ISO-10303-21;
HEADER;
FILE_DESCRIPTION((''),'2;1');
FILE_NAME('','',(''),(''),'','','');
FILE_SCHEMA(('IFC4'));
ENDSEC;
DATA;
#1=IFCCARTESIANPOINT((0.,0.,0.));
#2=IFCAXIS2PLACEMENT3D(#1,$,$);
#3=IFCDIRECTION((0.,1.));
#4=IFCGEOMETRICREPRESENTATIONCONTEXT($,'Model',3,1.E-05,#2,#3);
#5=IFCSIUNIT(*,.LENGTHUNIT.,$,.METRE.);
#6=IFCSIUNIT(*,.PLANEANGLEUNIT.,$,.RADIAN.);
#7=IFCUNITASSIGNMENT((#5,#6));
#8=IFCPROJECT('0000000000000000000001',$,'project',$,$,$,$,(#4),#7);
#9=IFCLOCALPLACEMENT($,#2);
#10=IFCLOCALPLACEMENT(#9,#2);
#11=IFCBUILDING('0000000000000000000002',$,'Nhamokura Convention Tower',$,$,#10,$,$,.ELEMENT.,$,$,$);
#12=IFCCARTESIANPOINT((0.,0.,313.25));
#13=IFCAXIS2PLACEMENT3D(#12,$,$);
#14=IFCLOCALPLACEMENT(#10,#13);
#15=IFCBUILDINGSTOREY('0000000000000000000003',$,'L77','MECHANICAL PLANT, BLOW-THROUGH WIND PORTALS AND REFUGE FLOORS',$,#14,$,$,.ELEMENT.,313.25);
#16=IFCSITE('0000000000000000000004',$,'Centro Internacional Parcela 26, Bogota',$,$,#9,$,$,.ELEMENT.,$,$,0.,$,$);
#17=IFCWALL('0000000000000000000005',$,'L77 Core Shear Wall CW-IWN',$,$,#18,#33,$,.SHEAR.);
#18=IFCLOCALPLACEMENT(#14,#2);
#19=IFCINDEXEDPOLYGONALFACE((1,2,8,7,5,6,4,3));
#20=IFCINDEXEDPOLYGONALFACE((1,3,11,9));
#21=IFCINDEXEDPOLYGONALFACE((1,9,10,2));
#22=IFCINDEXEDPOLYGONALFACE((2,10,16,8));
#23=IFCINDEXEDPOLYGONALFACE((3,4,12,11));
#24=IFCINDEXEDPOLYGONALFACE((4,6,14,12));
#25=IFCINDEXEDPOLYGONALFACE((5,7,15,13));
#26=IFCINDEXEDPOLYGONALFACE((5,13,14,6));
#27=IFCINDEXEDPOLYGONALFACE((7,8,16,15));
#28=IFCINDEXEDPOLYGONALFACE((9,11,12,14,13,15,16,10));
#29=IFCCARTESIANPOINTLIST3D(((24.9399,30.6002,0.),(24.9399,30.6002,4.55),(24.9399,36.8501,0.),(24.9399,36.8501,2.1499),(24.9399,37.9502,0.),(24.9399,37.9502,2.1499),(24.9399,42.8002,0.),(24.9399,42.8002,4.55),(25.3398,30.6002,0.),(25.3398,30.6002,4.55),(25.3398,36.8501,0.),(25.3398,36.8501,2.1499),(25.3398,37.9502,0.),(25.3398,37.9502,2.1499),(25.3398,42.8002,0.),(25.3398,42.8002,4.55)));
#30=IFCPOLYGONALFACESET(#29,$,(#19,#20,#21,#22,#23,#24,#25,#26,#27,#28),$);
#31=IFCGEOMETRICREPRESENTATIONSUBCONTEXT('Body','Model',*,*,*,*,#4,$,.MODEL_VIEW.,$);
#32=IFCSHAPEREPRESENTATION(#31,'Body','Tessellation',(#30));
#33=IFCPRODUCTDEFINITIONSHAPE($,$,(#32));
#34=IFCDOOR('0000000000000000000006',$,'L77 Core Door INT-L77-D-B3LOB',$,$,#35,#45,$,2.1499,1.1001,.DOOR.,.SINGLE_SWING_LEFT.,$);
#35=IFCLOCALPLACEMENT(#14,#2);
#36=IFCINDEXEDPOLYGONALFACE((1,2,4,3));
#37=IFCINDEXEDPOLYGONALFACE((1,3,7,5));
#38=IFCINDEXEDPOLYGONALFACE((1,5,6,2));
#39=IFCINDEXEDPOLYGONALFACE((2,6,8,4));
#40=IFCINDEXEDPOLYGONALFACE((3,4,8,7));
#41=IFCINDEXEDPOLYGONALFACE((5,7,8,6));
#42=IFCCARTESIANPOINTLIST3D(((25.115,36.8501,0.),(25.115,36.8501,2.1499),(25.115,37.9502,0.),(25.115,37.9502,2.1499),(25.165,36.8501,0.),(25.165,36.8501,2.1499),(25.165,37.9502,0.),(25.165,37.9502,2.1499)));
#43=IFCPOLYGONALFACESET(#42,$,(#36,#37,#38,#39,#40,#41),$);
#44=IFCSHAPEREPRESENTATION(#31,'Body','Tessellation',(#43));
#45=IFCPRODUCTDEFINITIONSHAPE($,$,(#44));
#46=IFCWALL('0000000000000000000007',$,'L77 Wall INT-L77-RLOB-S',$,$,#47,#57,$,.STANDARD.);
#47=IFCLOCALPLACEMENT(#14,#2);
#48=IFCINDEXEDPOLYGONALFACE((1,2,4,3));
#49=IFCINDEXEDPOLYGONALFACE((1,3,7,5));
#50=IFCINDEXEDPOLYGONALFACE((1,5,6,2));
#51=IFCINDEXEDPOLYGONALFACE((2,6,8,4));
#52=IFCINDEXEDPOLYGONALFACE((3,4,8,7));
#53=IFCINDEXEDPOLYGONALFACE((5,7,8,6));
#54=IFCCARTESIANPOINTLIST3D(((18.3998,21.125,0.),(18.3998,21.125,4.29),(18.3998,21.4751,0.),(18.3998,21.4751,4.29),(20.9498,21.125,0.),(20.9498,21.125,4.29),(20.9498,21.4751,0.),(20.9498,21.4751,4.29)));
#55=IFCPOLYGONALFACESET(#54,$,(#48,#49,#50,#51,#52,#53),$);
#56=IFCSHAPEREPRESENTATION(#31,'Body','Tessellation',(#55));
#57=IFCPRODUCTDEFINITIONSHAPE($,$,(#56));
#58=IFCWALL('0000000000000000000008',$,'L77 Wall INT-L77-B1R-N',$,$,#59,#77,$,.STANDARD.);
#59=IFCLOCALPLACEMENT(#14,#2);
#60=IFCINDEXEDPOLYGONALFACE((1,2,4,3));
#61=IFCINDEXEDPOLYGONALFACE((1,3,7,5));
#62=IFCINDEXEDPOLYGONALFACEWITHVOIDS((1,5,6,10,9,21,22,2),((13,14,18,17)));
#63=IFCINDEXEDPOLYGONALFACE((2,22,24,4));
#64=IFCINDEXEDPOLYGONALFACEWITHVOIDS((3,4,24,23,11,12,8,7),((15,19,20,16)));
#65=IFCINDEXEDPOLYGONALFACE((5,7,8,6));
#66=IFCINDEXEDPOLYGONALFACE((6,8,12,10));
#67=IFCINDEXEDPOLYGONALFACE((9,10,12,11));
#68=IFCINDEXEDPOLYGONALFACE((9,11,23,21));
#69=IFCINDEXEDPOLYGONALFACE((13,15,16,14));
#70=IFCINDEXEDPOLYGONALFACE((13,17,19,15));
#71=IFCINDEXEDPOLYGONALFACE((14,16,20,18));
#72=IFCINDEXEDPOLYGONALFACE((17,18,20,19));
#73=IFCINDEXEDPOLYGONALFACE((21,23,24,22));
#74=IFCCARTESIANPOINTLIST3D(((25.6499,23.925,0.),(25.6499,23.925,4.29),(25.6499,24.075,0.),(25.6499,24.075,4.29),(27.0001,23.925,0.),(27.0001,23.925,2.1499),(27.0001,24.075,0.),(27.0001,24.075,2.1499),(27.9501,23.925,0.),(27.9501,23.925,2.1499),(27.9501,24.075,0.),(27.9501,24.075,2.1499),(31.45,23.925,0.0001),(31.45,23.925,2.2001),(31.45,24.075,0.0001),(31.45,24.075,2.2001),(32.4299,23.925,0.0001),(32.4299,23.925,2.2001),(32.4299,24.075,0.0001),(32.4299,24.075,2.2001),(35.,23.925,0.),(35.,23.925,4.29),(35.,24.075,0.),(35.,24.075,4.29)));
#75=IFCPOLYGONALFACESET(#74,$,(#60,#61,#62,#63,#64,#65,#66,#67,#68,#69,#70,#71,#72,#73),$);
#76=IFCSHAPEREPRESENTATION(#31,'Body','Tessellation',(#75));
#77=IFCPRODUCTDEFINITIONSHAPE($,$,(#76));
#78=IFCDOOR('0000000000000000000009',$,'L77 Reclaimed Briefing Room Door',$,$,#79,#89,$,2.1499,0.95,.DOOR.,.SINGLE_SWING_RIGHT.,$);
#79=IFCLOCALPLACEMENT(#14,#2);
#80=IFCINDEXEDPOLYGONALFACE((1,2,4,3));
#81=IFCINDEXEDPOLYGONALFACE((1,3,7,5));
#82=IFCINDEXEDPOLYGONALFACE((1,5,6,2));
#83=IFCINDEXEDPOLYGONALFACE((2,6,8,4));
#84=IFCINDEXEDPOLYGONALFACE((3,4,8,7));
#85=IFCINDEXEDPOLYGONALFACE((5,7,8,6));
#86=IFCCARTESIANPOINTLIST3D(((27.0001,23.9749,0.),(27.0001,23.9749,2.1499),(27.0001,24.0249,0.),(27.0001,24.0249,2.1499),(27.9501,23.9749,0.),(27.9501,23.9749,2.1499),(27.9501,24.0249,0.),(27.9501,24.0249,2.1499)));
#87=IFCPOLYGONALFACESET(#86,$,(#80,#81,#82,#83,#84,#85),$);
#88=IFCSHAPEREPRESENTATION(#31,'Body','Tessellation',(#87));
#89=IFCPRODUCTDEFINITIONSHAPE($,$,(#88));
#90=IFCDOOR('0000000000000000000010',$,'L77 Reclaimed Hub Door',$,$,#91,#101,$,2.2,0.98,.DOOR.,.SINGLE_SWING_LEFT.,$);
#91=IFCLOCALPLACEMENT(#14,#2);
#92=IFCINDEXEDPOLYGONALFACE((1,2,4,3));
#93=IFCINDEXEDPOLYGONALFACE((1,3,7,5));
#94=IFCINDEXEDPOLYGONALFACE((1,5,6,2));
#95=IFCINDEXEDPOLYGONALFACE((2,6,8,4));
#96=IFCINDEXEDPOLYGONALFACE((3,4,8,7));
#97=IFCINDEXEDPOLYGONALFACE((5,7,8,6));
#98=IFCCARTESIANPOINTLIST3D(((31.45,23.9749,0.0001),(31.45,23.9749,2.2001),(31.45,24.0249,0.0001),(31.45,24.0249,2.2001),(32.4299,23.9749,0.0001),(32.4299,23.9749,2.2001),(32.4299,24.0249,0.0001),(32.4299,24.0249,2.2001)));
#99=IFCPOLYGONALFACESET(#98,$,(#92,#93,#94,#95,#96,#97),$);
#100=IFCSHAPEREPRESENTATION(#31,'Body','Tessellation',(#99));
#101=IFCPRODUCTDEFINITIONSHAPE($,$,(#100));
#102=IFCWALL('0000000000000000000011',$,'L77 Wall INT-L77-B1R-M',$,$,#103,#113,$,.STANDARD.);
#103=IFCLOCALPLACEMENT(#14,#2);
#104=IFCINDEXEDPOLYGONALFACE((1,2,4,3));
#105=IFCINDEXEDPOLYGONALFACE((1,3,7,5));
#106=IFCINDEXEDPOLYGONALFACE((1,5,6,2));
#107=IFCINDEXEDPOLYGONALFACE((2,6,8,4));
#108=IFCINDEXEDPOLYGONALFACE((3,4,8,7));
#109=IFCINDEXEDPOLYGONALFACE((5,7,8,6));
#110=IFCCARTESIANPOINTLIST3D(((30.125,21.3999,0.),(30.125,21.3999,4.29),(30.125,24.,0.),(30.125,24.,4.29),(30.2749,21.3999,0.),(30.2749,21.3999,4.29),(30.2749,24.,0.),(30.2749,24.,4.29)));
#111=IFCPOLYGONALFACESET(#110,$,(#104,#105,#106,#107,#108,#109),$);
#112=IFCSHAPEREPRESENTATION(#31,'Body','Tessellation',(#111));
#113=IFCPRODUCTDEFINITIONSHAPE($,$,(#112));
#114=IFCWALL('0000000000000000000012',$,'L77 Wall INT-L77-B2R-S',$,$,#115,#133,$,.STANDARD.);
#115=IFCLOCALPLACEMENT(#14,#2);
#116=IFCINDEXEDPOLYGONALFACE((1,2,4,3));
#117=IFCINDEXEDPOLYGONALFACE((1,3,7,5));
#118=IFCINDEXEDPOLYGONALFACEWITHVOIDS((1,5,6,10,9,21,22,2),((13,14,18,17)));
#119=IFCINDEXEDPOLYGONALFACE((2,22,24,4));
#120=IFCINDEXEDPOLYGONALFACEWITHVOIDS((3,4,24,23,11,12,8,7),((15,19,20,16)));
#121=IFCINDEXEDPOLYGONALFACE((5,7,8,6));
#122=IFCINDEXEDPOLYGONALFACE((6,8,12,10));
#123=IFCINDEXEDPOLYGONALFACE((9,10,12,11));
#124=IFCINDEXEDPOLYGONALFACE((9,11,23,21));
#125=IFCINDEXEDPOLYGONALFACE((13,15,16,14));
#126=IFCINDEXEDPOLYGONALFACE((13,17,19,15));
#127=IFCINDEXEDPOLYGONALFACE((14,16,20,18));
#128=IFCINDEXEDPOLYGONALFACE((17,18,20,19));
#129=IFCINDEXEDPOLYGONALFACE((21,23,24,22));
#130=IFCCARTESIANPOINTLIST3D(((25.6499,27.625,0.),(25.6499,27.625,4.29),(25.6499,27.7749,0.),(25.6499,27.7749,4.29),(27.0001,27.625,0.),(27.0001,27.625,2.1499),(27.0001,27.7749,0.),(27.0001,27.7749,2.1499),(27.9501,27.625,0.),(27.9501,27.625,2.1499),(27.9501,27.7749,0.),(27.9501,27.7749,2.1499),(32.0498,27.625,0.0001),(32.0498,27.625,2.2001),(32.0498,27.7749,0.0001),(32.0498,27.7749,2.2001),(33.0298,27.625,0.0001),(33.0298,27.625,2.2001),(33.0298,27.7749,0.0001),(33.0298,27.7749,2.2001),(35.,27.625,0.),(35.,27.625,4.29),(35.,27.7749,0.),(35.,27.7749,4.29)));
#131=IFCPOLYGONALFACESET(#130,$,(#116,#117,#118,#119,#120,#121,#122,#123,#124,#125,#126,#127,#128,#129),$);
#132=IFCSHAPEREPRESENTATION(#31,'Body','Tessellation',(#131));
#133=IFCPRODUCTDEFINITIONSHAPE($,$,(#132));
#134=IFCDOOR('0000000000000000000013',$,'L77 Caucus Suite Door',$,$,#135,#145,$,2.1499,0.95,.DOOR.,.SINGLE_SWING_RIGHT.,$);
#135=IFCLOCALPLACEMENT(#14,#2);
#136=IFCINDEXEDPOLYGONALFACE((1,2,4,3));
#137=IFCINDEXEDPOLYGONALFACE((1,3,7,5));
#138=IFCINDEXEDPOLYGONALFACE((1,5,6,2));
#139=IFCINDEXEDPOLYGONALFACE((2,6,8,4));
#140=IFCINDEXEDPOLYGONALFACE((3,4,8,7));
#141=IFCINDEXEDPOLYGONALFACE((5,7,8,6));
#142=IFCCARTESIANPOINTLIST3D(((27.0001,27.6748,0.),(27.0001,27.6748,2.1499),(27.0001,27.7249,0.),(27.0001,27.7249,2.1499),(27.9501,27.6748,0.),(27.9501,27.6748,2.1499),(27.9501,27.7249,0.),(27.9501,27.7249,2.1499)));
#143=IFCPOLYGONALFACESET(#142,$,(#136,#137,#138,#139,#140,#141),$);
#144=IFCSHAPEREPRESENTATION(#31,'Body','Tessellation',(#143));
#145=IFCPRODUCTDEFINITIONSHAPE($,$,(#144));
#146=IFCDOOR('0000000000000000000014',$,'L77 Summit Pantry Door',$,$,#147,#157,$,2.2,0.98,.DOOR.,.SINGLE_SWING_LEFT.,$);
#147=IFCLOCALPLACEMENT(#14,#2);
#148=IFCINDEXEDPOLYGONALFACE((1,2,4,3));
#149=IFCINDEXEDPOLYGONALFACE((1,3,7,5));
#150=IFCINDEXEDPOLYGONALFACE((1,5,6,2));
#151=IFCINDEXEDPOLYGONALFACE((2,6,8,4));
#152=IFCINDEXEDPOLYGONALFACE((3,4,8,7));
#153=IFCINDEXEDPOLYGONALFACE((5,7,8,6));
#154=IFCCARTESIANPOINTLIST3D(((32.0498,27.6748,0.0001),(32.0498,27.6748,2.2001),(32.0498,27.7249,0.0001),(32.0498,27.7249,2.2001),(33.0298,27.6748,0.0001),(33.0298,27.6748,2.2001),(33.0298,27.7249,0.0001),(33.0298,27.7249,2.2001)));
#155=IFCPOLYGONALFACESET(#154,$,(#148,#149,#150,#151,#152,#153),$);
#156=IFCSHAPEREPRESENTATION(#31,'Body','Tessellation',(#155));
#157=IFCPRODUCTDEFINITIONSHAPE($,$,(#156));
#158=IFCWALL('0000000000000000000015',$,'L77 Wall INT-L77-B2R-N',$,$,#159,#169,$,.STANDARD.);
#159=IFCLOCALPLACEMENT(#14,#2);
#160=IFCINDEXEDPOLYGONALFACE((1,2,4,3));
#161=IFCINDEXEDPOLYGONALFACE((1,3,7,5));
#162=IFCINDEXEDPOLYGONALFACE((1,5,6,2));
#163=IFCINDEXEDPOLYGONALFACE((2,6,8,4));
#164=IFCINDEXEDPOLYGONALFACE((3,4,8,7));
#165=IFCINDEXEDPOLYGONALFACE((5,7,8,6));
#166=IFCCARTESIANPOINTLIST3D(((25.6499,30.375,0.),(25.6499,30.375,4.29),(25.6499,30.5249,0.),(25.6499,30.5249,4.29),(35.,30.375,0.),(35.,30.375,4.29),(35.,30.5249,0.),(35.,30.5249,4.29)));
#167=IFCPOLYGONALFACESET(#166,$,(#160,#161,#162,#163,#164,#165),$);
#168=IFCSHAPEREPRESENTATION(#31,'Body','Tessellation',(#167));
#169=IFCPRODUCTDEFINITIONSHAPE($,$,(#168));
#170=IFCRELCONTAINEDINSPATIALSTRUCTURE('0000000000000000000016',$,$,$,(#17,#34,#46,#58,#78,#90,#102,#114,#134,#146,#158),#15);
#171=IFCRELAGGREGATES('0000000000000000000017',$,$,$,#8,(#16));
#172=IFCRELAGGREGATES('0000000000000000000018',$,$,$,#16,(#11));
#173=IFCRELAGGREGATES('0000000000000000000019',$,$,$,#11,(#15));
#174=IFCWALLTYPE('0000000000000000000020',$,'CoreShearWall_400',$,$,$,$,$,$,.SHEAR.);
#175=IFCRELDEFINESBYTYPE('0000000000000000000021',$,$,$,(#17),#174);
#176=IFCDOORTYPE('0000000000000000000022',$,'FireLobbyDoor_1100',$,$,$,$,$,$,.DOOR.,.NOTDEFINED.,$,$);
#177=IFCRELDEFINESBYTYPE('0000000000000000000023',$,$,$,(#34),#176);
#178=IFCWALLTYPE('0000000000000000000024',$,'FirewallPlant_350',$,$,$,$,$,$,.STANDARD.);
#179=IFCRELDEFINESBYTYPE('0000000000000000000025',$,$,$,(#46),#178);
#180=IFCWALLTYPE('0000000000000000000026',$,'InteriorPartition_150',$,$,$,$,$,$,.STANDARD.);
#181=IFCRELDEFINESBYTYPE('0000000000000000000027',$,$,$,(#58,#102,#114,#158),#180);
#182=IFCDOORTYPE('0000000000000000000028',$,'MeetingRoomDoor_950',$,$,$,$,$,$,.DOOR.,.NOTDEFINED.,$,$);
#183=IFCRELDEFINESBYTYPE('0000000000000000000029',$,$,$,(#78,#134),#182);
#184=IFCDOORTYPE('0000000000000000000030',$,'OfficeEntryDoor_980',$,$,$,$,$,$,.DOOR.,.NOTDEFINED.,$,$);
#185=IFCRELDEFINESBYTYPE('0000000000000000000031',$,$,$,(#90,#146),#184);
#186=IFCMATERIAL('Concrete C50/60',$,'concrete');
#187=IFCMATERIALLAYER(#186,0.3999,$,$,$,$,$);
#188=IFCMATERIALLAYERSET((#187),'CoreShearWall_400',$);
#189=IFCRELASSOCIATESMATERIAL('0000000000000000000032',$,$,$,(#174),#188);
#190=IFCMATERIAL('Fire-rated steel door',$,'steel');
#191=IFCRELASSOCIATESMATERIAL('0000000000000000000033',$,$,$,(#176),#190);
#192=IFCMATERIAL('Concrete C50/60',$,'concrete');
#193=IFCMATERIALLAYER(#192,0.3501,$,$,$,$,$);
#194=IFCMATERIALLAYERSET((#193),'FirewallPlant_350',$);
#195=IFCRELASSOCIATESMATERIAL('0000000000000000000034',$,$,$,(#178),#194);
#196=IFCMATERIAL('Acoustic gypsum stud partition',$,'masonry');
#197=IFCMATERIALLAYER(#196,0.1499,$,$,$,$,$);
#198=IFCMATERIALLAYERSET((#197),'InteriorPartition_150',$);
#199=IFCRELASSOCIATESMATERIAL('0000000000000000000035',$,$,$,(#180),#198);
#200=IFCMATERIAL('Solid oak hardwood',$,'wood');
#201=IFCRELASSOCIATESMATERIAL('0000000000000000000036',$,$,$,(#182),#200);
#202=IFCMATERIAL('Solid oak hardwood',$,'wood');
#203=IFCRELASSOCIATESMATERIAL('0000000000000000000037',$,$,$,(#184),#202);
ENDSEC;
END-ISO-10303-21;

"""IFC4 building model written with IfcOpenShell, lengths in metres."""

from ifc_helpers import new_model, si_unit, direction, frame, frame_2d, origin, place, context, subcontext, project, spatial, rectangle, extrude, material, layer, layer_set, type_object, element, fill, save


model = new_model("IFC4")

# Units and contexts
model_context = context("Model", 3, precision=1e-05, world=origin(), true_north=direction((0.0, 1.0)))
body_context = subcontext(model_context, "Body", "Model", "MODEL_VIEW")
ifc_project = project(units=[si_unit("LENGTHUNIT", "METRE"), si_unit("PLANEANGLEUNIT", "RADIAN")], contexts=[model_context])

# Site, building, storey
site_placement = place(None, origin())
site = spatial("IfcSite", under=ifc_project, at=site_placement, Name="Centro Internacional Parcela 26, Bogota", CompositionType="ELEMENT", RefElevation=0.0)
building_placement = place(site_placement, origin())
building = spatial("IfcBuilding", under=site, at=building_placement, Name="Nhamokura Convention Tower", CompositionType="ELEMENT")
storey_placement = place(building_placement, frame((0.0, 0.0, 313.25)))
storey = spatial("IfcBuildingStorey", under=building, at=storey_placement, Name="L77", Description="MECHANICAL PLANT, BLOW-THROUGH WIND PORTALS AND REFUGE FLOORS", CompositionType="ELEMENT", Elevation=313.25)

# Shared definitions
ifc_material_1 = material(Name="Concrete C50/60", Category="concrete")
ifc_layer_1 = layer(ifc_material_1, 0.3999)
ifc_layer_set_1 = layer_set([ifc_layer_1], Name="CoreShearWall_400")
wall_type_1 = type_object("IfcWallType", Name="CoreShearWall_400", PredefinedType="SHEAR", material=ifc_layer_set_1)

# Shared definitions
ifc_material_2 = material(Name="Fire-rated steel door", Category="steel")
door_type_1 = type_object("IfcDoorType", Name="FireLobbyDoor_1100", OperationType="NOTDEFINED", PredefinedType="DOOR", material=ifc_material_2)

# Wall, opening, door
wall_1_placement = place(storey_placement, frame((25.1399, 30.6001, 0.0), z_axis=(0.0, 0.0, 1.0), x_axis=(0.0, 1.0, 0.0)))
wall_1 = element("IfcWall", 1, at=wall_1_placement, inside=storey, type_object=wall_type_1, Name="L77 Core Shear Wall CW-IWN", PredefinedType="SHEAR", context=body_context, shape_type="SweptSolid", body=[
    extrude(rectangle(XDim=12.2, YDim=0.3999, at=frame_2d((6.1001, 0.0))), origin(), (0.0, 0.0, 1.0), 4.55),
])
opening_1_placement = place(wall_1_placement, frame((6.25, 0.0, 0.0)))
opening_1 = element("IfcOpeningElement", 2, at=opening_1_placement, cuts=wall_1, PredefinedType="OPENING", context=body_context, shape_type="SweptSolid", body=[
    extrude(rectangle(XDim=1.1001, YDim=2.1499, at=frame_2d((0.55, 1.075))), frame((0.0, 0.21, 0.0), z_axis=(0.0, -1.0, 0.0), x_axis=(1.0, 0.0, 0.0)), (0.0, 0.0, 1.0), 0.4199),
])
door_1_placement = place(opening_1_placement, origin())
door_1 = element("IfcDoor", 3, at=door_1_placement, inside=storey, type_object=door_type_1, Name="L77 Core Door INT-L77-D-B3LOB", OperationType="SINGLE_SWING_LEFT", OverallHeight=2.1499, OverallWidth=1.1001, PredefinedType="DOOR", context=body_context, shape_type="SweptSolid", body=[
    extrude(rectangle(XDim=1.1001, YDim=2.1499, at=frame_2d((0.55, 1.075))), frame((0.0, 0.0249, 0.0), z_axis=(0.0, -1.0, 0.0), x_axis=(1.0, 0.0, 0.0)), (0.0, 0.0, 1.0), 0.05),
])
fill(opening_1, door_1)

# Wall
ifc_material_3 = material(Name="Concrete C50/60", Category="concrete")
ifc_layer_2 = layer(ifc_material_3, 0.3501)
ifc_layer_set_2 = layer_set([ifc_layer_2], Name="FirewallPlant_350")
wall_type_2 = type_object("IfcWallType", Name="FirewallPlant_350", PredefinedType="STANDARD", material=ifc_layer_set_2)
wall_2_placement = place(storey_placement, frame((18.3999, 21.3, 0.0), z_axis=(0.0, 0.0, 1.0), x_axis=(1.0, 0.0, 0.0)))
element("IfcWall", 4, at=wall_2_placement, inside=storey, type_object=wall_type_2, Name="L77 Wall INT-L77-RLOB-S", PredefinedType="STANDARD", context=body_context, shape_type="SweptSolid", body=[
    extrude(rectangle(XDim=2.55, YDim=0.3501, at=frame_2d((1.2749, 0.0))), origin(), (0.0, 0.0, 1.0), 4.29),
])

# Wall, openings, doors
ifc_material_4 = material(Name="Acoustic gypsum stud partition", Category="masonry")
ifc_layer_3 = layer(ifc_material_4, 0.1499)
ifc_layer_set_3 = layer_set([ifc_layer_3], Name="InteriorPartition_150")
wall_type_3 = type_object("IfcWallType", Name="InteriorPartition_150", PredefinedType="STANDARD", material=ifc_layer_set_3)
wall_3_placement = place(storey_placement, frame((25.6499, 24.0, 0.0), z_axis=(0.0, 0.0, 1.0), x_axis=(1.0, 0.0, 0.0)))
wall_3 = element("IfcWall", 5, at=wall_3_placement, inside=storey, type_object=wall_type_3, Name="L77 Wall INT-L77-B1R-N", PredefinedType="STANDARD", context=body_context, shape_type="SweptSolid", body=[
    extrude(rectangle(XDim=9.3501, YDim=0.1499, at=frame_2d((4.675, 0.0))), origin(), (0.0, 0.0, 1.0), 4.29),
])
opening_2_placement = place(wall_3_placement, frame((1.3501, 0.0, 0.0)))
opening_2 = element("IfcOpeningElement", 6, at=opening_2_placement, cuts=wall_3, PredefinedType="OPENING", context=body_context, shape_type="SweptSolid", body=[
    extrude(rectangle(XDim=0.95, YDim=2.1499, at=frame_2d((0.4751, 1.075))), frame((0.0, 0.085, 0.0), z_axis=(0.0, -1.0, 0.0), x_axis=(1.0, 0.0, 0.0)), (0.0, 0.0, 1.0), 0.1699),
])
opening_3_placement = place(wall_3_placement, frame((5.8, 0.0, 0.0)))
opening_3 = element("IfcOpeningElement", 7, at=opening_3_placement, cuts=wall_3, PredefinedType="OPENING", context=body_context, shape_type="SweptSolid", body=[
    extrude(rectangle(XDim=0.98, YDim=2.2, at=frame_2d((0.49, 1.1001))), frame((0.0, 0.085, 0.0), z_axis=(0.0, -1.0, 0.0), x_axis=(1.0, 0.0, 0.0)), (0.0, 0.0, 1.0), 0.1699),
])
ifc_material_5 = material(Name="Solid oak hardwood", Category="wood")
door_type_2 = type_object("IfcDoorType", Name="MeetingRoomDoor_950", OperationType="NOTDEFINED", PredefinedType="DOOR", material=ifc_material_5)
door_2_placement = place(opening_2_placement, origin())
door_2 = element("IfcDoor", 8, at=door_2_placement, inside=storey, type_object=door_type_2, Name="L77 Reclaimed Briefing Room Door", OperationType="SINGLE_SWING_RIGHT", OverallHeight=2.1499, OverallWidth=0.95, PredefinedType="DOOR", context=body_context, shape_type="SweptSolid", body=[
    extrude(rectangle(XDim=0.95, YDim=2.1499, at=frame_2d((0.4751, 1.075))), frame((0.0, 0.0249, 0.0), z_axis=(0.0, -1.0, 0.0), x_axis=(1.0, 0.0, 0.0)), (0.0, 0.0, 1.0), 0.05),
])
fill(opening_2, door_2)
ifc_material_6 = material(Name="Solid oak hardwood", Category="wood")
door_type_3 = type_object("IfcDoorType", Name="OfficeEntryDoor_980", OperationType="NOTDEFINED", PredefinedType="DOOR", material=ifc_material_6)
door_3_placement = place(opening_3_placement, origin())
door_3 = element("IfcDoor", 9, at=door_3_placement, inside=storey, type_object=door_type_3, Name="L77 Reclaimed Hub Door", OperationType="SINGLE_SWING_LEFT", OverallHeight=2.2, OverallWidth=0.98, PredefinedType="DOOR", context=body_context, shape_type="SweptSolid", body=[
    extrude(rectangle(XDim=0.98, YDim=2.2, at=frame_2d((0.49, 1.1001))), frame((0.0, 0.0249, 0.0), z_axis=(0.0, -1.0, 0.0), x_axis=(1.0, 0.0, 0.0)), (0.0, 0.0, 1.0), 0.05),
])
fill(opening_3, door_3)

# Wall
wall_4_placement = place(storey_placement, frame((30.2, 21.3999, 0.0), z_axis=(0.0, 0.0, 1.0), x_axis=(0.0, 1.0, 0.0)))
element("IfcWall", 10, at=wall_4_placement, inside=storey, type_object=wall_type_3, Name="L77 Wall INT-L77-B1R-M", PredefinedType="STANDARD", context=body_context, shape_type="SweptSolid", body=[
    extrude(rectangle(XDim=2.6001, YDim=0.1499, at=frame_2d((1.3, 0.0))), origin(), (0.0, 0.0, 1.0), 4.29),
])

# Wall, openings, doors
wall_5_placement = place(storey_placement, frame((25.6499, 27.7, 0.0), z_axis=(0.0, 0.0, 1.0), x_axis=(1.0, 0.0, 0.0)))
wall_5 = element("IfcWall", 11, at=wall_5_placement, inside=storey, type_object=wall_type_3, Name="L77 Wall INT-L77-B2R-S", PredefinedType="STANDARD", context=body_context, shape_type="SweptSolid", body=[
    extrude(rectangle(XDim=9.3501, YDim=0.1499, at=frame_2d((4.675, 0.0))), origin(), (0.0, 0.0, 1.0), 4.29),
])
opening_4_placement = place(wall_5_placement, frame((1.3501, 0.0, 0.0)))
opening_4 = element("IfcOpeningElement", 12, at=opening_4_placement, cuts=wall_5, PredefinedType="OPENING", context=body_context, shape_type="SweptSolid", body=[
    extrude(rectangle(XDim=0.95, YDim=2.1499, at=frame_2d((0.4751, 1.075))), frame((0.0, 0.085, 0.0), z_axis=(0.0, -1.0, 0.0), x_axis=(1.0, 0.0, 0.0)), (0.0, 0.0, 1.0), 0.1699),
])
opening_5_placement = place(wall_5_placement, frame((6.3999, 0.0, 0.0)))
opening_5 = element("IfcOpeningElement", 13, at=opening_5_placement, cuts=wall_5, PredefinedType="OPENING", context=body_context, shape_type="SweptSolid", body=[
    extrude(rectangle(XDim=0.98, YDim=2.2, at=frame_2d((0.49, 1.1001))), frame((0.0, 0.085, 0.0), z_axis=(0.0, -1.0, 0.0), x_axis=(1.0, 0.0, 0.0)), (0.0, 0.0, 1.0), 0.1699),
])
door_4_placement = place(opening_4_placement, origin())
door_4 = element("IfcDoor", 14, at=door_4_placement, inside=storey, type_object=door_type_2, Name="L77 Caucus Suite Door", OperationType="SINGLE_SWING_RIGHT", OverallHeight=2.1499, OverallWidth=0.95, PredefinedType="DOOR", context=body_context, shape_type="SweptSolid", body=[
    extrude(rectangle(XDim=0.95, YDim=2.1499, at=frame_2d((0.4751, 1.075))), frame((0.0, 0.0249, 0.0), z_axis=(0.0, -1.0, 0.0), x_axis=(1.0, 0.0, 0.0)), (0.0, 0.0, 1.0), 0.05),
])
fill(opening_4, door_4)
door_5_placement = place(opening_5_placement, origin())
door_5 = element("IfcDoor", 15, at=door_5_placement, inside=storey, type_object=door_type_3, Name="L77 Summit Pantry Door", OperationType="SINGLE_SWING_LEFT", OverallHeight=2.2, OverallWidth=0.98, PredefinedType="DOOR", context=body_context, shape_type="SweptSolid", body=[
    extrude(rectangle(XDim=0.98, YDim=2.2, at=frame_2d((0.49, 1.1001))), frame((0.0, 0.0249, 0.0), z_axis=(0.0, -1.0, 0.0), x_axis=(1.0, 0.0, 0.0)), (0.0, 0.0, 1.0), 0.05),
])
fill(opening_5, door_5)

# Wall
wall_6_placement = place(storey_placement, frame((25.6499, 30.45, 0.0), z_axis=(0.0, 0.0, 1.0), x_axis=(1.0, 0.0, 0.0)))
element("IfcWall", 16, at=wall_6_placement, inside=storey, type_object=wall_type_3, Name="L77 Wall INT-L77-B2R-N", PredefinedType="STANDARD", context=body_context, shape_type="SweptSolid", body=[
    extrude(rectangle(XDim=9.3501, YDim=0.1499, at=frame_2d((4.675, 0.0))), origin(), (0.0, 0.0, 1.0), 4.29),
])

save(model, "model.ifc")
